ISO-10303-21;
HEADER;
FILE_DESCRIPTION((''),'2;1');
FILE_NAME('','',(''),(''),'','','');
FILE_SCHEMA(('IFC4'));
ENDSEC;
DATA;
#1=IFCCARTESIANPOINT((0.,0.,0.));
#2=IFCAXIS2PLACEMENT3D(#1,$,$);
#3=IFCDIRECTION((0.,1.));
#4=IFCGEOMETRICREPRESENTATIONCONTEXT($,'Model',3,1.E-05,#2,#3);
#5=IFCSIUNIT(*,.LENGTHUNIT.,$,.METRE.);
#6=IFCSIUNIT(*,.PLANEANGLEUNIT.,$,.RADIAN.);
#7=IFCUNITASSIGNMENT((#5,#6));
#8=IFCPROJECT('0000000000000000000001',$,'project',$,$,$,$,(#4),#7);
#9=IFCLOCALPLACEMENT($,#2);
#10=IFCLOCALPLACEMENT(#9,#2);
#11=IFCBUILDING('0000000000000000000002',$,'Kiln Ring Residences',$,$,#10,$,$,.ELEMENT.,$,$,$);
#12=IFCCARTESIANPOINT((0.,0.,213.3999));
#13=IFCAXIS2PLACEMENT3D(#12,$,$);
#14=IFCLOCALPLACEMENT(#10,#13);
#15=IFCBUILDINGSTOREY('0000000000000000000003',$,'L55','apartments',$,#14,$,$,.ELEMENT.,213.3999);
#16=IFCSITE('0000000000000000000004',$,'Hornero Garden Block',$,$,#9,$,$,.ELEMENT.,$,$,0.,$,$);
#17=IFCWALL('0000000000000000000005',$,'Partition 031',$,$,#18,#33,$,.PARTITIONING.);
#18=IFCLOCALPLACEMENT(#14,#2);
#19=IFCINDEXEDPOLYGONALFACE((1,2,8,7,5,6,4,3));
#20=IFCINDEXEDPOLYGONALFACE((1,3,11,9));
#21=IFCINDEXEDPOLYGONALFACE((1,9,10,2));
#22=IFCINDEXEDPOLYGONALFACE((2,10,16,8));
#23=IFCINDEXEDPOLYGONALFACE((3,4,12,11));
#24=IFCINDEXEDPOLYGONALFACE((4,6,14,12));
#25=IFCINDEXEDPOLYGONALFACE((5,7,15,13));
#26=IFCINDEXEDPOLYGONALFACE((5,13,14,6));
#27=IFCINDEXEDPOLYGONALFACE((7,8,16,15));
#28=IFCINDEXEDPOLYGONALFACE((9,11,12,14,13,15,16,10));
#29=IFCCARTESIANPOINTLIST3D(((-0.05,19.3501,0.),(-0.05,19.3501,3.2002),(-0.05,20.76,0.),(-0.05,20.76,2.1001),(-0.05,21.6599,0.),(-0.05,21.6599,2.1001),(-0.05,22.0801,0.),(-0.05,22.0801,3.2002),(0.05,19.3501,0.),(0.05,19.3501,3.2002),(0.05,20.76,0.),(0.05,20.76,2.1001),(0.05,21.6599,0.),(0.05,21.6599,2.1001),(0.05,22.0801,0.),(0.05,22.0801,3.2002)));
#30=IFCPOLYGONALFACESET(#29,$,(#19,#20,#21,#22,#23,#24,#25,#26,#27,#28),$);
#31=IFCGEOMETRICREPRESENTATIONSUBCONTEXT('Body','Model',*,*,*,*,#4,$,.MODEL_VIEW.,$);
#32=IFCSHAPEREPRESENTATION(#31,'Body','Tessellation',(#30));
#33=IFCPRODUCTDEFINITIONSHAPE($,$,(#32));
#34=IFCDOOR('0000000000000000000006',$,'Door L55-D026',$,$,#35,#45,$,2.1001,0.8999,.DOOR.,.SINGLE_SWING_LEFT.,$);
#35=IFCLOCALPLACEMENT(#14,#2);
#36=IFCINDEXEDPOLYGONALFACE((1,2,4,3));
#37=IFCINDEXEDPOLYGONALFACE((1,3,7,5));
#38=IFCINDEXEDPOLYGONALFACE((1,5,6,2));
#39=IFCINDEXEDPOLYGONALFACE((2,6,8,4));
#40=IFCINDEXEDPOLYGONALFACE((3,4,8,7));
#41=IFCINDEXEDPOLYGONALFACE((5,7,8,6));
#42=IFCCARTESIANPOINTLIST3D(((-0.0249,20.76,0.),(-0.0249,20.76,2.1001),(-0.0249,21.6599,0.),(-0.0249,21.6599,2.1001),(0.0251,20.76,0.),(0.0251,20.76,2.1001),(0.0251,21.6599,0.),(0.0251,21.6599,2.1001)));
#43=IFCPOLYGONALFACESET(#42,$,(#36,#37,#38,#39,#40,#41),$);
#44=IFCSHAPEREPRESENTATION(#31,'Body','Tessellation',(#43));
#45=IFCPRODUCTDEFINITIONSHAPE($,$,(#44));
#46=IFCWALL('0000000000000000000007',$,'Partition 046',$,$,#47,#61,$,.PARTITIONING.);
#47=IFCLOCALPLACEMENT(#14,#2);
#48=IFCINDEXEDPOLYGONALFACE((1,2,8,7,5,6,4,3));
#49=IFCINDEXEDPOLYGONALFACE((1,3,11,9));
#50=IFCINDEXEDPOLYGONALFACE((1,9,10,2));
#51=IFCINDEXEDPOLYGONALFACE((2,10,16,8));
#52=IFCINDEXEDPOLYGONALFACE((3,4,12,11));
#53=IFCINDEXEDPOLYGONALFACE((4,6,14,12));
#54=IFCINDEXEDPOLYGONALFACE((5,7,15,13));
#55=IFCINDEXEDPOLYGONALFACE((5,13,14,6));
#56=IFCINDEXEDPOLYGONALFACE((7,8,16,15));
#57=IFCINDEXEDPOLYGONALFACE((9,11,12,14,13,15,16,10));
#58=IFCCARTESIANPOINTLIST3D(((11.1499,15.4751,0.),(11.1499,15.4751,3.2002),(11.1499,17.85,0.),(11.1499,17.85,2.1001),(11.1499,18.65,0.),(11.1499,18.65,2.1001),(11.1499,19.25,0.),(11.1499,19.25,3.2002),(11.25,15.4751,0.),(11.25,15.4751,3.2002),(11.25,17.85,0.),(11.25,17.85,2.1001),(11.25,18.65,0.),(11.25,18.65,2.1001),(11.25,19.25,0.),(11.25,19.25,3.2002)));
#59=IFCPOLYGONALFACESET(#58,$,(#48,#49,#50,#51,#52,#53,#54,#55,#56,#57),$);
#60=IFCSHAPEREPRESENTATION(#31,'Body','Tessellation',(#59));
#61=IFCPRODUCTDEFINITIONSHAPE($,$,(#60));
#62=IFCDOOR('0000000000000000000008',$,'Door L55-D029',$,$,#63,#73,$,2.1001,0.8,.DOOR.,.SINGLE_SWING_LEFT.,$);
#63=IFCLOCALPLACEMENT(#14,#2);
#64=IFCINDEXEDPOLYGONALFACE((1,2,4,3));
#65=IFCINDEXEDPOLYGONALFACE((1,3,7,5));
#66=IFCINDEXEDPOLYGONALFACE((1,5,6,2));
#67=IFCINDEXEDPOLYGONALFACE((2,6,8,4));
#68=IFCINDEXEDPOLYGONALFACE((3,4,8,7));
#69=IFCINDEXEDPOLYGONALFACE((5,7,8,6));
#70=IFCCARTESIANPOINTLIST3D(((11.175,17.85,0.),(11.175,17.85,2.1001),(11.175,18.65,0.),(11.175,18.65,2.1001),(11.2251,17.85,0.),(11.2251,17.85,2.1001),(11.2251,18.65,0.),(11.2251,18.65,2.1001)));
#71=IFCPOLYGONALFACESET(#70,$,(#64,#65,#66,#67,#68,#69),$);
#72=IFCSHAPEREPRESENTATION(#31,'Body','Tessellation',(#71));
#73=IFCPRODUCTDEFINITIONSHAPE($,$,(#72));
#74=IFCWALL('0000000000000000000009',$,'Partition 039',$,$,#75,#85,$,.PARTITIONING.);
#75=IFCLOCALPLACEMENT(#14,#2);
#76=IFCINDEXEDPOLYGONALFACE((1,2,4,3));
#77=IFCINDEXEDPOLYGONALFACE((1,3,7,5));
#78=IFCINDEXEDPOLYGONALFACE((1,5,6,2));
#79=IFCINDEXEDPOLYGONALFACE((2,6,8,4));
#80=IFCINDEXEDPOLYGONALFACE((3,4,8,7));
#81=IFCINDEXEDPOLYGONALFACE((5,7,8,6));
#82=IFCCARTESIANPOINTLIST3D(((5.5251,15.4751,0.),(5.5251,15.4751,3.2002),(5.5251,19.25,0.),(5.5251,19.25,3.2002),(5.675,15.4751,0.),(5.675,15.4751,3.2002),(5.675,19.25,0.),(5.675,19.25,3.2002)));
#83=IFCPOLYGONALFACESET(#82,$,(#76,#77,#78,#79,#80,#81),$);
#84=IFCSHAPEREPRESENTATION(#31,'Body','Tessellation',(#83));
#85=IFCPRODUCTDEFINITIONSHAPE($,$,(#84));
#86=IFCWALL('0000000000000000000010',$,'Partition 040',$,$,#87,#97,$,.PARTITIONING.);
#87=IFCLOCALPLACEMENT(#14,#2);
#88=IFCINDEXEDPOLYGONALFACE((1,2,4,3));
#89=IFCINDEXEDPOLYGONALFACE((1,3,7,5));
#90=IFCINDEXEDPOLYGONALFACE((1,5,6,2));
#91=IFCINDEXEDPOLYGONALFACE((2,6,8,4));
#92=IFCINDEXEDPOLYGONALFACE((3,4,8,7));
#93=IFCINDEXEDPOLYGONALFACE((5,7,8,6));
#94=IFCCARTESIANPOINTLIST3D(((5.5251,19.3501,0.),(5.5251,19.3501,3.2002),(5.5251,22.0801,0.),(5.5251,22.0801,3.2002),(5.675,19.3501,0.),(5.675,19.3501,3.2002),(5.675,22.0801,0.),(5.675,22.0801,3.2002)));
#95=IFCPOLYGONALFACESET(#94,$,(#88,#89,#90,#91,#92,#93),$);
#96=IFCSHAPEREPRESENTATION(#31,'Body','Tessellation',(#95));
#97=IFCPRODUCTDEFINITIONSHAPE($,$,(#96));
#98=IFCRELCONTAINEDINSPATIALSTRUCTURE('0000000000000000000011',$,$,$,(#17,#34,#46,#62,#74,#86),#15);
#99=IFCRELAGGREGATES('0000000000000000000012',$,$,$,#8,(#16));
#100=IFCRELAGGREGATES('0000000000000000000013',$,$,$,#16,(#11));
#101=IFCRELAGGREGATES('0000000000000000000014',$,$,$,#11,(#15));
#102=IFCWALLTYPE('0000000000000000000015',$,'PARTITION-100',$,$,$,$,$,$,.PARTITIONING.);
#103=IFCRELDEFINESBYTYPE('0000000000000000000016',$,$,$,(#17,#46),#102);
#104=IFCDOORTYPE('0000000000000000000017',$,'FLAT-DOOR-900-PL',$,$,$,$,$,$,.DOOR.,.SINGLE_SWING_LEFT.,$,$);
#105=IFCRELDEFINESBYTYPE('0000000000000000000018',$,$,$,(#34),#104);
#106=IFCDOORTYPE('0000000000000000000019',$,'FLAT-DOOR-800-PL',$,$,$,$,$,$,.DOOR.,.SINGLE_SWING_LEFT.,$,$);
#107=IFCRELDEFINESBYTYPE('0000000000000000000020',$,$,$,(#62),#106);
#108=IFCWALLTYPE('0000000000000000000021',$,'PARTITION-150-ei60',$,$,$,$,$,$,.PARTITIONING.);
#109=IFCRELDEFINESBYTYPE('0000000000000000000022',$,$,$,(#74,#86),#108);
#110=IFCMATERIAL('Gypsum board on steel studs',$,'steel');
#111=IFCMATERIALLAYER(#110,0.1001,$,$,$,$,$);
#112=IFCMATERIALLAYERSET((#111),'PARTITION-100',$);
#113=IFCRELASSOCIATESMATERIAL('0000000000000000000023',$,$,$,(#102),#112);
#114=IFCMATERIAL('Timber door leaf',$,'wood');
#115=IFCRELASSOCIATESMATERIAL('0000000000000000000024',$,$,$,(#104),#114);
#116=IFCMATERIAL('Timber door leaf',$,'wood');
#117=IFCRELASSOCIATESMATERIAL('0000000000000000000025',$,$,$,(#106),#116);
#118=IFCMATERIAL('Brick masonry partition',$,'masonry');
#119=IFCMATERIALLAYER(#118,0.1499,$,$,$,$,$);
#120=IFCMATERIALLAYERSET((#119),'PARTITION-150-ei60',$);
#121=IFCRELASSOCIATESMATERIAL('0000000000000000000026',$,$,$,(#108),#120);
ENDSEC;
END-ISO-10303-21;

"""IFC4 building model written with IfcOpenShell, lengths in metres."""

from ifc_helpers import new_model, si_unit, direction, frame, frame_2d, origin, place, context, subcontext, project, spatial, rectangle, extrude, material, layer, layer_set, type_object, element, fill, save


model = new_model("IFC4")

# Units and contexts
model_context = context("Model", 3, precision=1e-05, world=origin(), true_north=direction((0.0, 1.0)))
body_context = subcontext(model_context, "Body", "Model", "MODEL_VIEW")
ifc_project = project(units=[si_unit("LENGTHUNIT", "METRE"), si_unit("PLANEANGLEUNIT", "RADIAN")], contexts=[model_context])

# Site, building, storey
site_placement = place(None, origin())
site = spatial("IfcSite", under=ifc_project, at=site_placement, Name="Hornero Garden Block", CompositionType="ELEMENT", RefElevation=0.0)
building_placement = place(site_placement, origin())
building = spatial("IfcBuilding", under=site, at=building_placement, Name="Kiln Ring Residences", CompositionType="ELEMENT")
storey_placement = place(building_placement, frame((0.0, 0.0, 213.3999)))
storey = spatial("IfcBuildingStorey", under=building, at=storey_placement, Name="L55", Description="apartments", CompositionType="ELEMENT", Elevation=213.3999)

# Walls, openings, doors
ifc_material_1 = material(Name="Gypsum board on steel studs", Category="steel")
ifc_layer_1 = layer(ifc_material_1, 0.1001)
ifc_layer_set_1 = layer_set([ifc_layer_1], Name="PARTITION-100")
wall_type_1 = type_object("IfcWallType", Name="PARTITION-100", PredefinedType="PARTITIONING", material=ifc_layer_set_1)
wall_1_placement = place(storey_placement, frame((0.0, 19.3501, 0.0), z_axis=(0.0, 0.0, 1.0), x_axis=(0.0, 1.0, 0.0)))
wall_1 = element("IfcWall", 1, at=wall_1_placement, inside=storey, type_object=wall_type_1, Name="Partition 031", PredefinedType="PARTITIONING", context=body_context, shape_type="SweptSolid", body=[
    extrude(rectangle(XDim=2.73, YDim=0.1001, at=frame_2d((1.365, 0.0))), origin(), (0.0, 0.0, 1.0), 3.2002),
])
opening_1_placement = place(wall_1_placement, frame((1.4099, 0.0, 0.0)))
opening_1 = element("IfcOpeningElement", 2, at=opening_1_placement, cuts=wall_1, PredefinedType="OPENING", context=body_context, shape_type="SweptSolid", body=[
    extrude(rectangle(XDim=0.8999, YDim=2.1001, at=frame_2d((0.45, 1.05))), frame((0.0, 0.0601, 0.0), z_axis=(0.0, -1.0, 0.0), x_axis=(1.0, 0.0, 0.0)), (0.0, 0.0, 1.0), 0.1201),
])
ifc_material_2 = material(Name="Timber door leaf", Category="wood")
door_type_1 = type_object("IfcDoorType", Name="FLAT-DOOR-900-PL", OperationType="SINGLE_SWING_LEFT", PredefinedType="DOOR", material=ifc_material_2)
door_1_placement = place(opening_1_placement, origin())
door_1 = element("IfcDoor", 3, at=door_1_placement, inside=storey, type_object=door_type_1, Name="Door L55-D026", OperationType="SINGLE_SWING_LEFT", OverallHeight=2.1001, OverallWidth=0.8999, PredefinedType="DOOR", context=body_context, shape_type="SweptSolid", body=[
    extrude(rectangle(XDim=0.8999, YDim=2.1001, at=frame_2d((0.45, 1.05))), frame((0.0, 0.0249, 0.0), z_axis=(0.0, -1.0, 0.0), x_axis=(1.0, 0.0, 0.0)), (0.0, 0.0, 1.0), 0.05),
])
fill(opening_1, door_1)
wall_2_placement = place(storey_placement, frame((11.2, 15.4751, 0.0), z_axis=(0.0, 0.0, 1.0), x_axis=(0.0, 1.0, 0.0)))
wall_2 = element("IfcWall", 4, at=wall_2_placement, inside=storey, type_object=wall_type_1, Name="Partition 046", PredefinedType="PARTITIONING", context=body_context, shape_type="SweptSolid", body=[
    extrude(rectangle(XDim=3.7749, YDim=0.1001, at=frame_2d((1.8875, 0.0))), origin(), (0.0, 0.0, 1.0), 3.2002),
])
opening_2_placement = place(wall_2_placement, frame((2.375, 0.0, 0.0)))
opening_2 = element("IfcOpeningElement", 5, at=opening_2_placement, cuts=wall_2, PredefinedType="OPENING", context=body_context, shape_type="SweptSolid", body=[
    extrude(rectangle(XDim=0.8, YDim=2.1001, at=frame_2d((0.3999, 1.05))), frame((0.0, 0.0601, 0.0), z_axis=(0.0, -1.0, 0.0), x_axis=(1.0, 0.0, 0.0)), (0.0, 0.0, 1.0), 0.1201),
])
ifc_material_3 = material(Name="Timber door leaf", Category="wood")
door_type_2 = type_object("IfcDoorType", Name="FLAT-DOOR-800-PL", OperationType="SINGLE_SWING_LEFT", PredefinedType="DOOR", material=ifc_material_3)
door_2_placement = place(opening_2_placement, origin())
door_2 = element("IfcDoor", 6, at=door_2_placement, inside=storey, type_object=door_type_2, Name="Door L55-D029", OperationType="SINGLE_SWING_LEFT", OverallHeight=2.1001, OverallWidth=0.8, PredefinedType="DOOR", context=body_context, shape_type="SweptSolid", body=[
    extrude(rectangle(XDim=0.8, YDim=2.1001, at=frame_2d((0.3999, 1.05))), frame((0.0, 0.0249, 0.0), z_axis=(0.0, -1.0, 0.0), x_axis=(1.0, 0.0, 0.0)), (0.0, 0.0, 1.0), 0.05),
])
fill(opening_2, door_2)

# Walls
ifc_material_4 = material(Name="Brick masonry partition", Category="masonry")
ifc_layer_2 = layer(ifc_material_4, 0.1499)
ifc_layer_set_2 = layer_set([ifc_layer_2], Name="PARTITION-150-ei60")
wall_type_2 = type_object("IfcWallType", Name="PARTITION-150-ei60", PredefinedType="PARTITIONING", material=ifc_layer_set_2)
wall_3_placement = place(storey_placement, frame((5.6001, 15.4751, 0.0), z_axis=(0.0, 0.0, 1.0), x_axis=(0.0, 1.0, 0.0)))
element("IfcWall", 7, at=wall_3_placement, inside=storey, type_object=wall_type_2, Name="Partition 039", PredefinedType="PARTITIONING", context=body_context, shape_type="SweptSolid", body=[
    extrude(rectangle(XDim=3.7749, YDim=0.1499, at=frame_2d((1.8875, 0.0))), origin(), (0.0, 0.0, 1.0), 3.2002),
])
wall_4_placement = place(storey_placement, frame((5.6001, 19.3501, 0.0), z_axis=(0.0, 0.0, 1.0), x_axis=(0.0, 1.0, 0.0)))
element("IfcWall", 8, at=wall_4_placement, inside=storey, type_object=wall_type_2, Name="Partition 040", PredefinedType="PARTITIONING", context=body_context, shape_type="SweptSolid", body=[
    extrude(rectangle(XDim=2.73, YDim=0.1499, at=frame_2d((1.365, 0.0))), origin(), (0.0, 0.0, 1.0), 3.2002),
])

save(model, "model.ifc")
